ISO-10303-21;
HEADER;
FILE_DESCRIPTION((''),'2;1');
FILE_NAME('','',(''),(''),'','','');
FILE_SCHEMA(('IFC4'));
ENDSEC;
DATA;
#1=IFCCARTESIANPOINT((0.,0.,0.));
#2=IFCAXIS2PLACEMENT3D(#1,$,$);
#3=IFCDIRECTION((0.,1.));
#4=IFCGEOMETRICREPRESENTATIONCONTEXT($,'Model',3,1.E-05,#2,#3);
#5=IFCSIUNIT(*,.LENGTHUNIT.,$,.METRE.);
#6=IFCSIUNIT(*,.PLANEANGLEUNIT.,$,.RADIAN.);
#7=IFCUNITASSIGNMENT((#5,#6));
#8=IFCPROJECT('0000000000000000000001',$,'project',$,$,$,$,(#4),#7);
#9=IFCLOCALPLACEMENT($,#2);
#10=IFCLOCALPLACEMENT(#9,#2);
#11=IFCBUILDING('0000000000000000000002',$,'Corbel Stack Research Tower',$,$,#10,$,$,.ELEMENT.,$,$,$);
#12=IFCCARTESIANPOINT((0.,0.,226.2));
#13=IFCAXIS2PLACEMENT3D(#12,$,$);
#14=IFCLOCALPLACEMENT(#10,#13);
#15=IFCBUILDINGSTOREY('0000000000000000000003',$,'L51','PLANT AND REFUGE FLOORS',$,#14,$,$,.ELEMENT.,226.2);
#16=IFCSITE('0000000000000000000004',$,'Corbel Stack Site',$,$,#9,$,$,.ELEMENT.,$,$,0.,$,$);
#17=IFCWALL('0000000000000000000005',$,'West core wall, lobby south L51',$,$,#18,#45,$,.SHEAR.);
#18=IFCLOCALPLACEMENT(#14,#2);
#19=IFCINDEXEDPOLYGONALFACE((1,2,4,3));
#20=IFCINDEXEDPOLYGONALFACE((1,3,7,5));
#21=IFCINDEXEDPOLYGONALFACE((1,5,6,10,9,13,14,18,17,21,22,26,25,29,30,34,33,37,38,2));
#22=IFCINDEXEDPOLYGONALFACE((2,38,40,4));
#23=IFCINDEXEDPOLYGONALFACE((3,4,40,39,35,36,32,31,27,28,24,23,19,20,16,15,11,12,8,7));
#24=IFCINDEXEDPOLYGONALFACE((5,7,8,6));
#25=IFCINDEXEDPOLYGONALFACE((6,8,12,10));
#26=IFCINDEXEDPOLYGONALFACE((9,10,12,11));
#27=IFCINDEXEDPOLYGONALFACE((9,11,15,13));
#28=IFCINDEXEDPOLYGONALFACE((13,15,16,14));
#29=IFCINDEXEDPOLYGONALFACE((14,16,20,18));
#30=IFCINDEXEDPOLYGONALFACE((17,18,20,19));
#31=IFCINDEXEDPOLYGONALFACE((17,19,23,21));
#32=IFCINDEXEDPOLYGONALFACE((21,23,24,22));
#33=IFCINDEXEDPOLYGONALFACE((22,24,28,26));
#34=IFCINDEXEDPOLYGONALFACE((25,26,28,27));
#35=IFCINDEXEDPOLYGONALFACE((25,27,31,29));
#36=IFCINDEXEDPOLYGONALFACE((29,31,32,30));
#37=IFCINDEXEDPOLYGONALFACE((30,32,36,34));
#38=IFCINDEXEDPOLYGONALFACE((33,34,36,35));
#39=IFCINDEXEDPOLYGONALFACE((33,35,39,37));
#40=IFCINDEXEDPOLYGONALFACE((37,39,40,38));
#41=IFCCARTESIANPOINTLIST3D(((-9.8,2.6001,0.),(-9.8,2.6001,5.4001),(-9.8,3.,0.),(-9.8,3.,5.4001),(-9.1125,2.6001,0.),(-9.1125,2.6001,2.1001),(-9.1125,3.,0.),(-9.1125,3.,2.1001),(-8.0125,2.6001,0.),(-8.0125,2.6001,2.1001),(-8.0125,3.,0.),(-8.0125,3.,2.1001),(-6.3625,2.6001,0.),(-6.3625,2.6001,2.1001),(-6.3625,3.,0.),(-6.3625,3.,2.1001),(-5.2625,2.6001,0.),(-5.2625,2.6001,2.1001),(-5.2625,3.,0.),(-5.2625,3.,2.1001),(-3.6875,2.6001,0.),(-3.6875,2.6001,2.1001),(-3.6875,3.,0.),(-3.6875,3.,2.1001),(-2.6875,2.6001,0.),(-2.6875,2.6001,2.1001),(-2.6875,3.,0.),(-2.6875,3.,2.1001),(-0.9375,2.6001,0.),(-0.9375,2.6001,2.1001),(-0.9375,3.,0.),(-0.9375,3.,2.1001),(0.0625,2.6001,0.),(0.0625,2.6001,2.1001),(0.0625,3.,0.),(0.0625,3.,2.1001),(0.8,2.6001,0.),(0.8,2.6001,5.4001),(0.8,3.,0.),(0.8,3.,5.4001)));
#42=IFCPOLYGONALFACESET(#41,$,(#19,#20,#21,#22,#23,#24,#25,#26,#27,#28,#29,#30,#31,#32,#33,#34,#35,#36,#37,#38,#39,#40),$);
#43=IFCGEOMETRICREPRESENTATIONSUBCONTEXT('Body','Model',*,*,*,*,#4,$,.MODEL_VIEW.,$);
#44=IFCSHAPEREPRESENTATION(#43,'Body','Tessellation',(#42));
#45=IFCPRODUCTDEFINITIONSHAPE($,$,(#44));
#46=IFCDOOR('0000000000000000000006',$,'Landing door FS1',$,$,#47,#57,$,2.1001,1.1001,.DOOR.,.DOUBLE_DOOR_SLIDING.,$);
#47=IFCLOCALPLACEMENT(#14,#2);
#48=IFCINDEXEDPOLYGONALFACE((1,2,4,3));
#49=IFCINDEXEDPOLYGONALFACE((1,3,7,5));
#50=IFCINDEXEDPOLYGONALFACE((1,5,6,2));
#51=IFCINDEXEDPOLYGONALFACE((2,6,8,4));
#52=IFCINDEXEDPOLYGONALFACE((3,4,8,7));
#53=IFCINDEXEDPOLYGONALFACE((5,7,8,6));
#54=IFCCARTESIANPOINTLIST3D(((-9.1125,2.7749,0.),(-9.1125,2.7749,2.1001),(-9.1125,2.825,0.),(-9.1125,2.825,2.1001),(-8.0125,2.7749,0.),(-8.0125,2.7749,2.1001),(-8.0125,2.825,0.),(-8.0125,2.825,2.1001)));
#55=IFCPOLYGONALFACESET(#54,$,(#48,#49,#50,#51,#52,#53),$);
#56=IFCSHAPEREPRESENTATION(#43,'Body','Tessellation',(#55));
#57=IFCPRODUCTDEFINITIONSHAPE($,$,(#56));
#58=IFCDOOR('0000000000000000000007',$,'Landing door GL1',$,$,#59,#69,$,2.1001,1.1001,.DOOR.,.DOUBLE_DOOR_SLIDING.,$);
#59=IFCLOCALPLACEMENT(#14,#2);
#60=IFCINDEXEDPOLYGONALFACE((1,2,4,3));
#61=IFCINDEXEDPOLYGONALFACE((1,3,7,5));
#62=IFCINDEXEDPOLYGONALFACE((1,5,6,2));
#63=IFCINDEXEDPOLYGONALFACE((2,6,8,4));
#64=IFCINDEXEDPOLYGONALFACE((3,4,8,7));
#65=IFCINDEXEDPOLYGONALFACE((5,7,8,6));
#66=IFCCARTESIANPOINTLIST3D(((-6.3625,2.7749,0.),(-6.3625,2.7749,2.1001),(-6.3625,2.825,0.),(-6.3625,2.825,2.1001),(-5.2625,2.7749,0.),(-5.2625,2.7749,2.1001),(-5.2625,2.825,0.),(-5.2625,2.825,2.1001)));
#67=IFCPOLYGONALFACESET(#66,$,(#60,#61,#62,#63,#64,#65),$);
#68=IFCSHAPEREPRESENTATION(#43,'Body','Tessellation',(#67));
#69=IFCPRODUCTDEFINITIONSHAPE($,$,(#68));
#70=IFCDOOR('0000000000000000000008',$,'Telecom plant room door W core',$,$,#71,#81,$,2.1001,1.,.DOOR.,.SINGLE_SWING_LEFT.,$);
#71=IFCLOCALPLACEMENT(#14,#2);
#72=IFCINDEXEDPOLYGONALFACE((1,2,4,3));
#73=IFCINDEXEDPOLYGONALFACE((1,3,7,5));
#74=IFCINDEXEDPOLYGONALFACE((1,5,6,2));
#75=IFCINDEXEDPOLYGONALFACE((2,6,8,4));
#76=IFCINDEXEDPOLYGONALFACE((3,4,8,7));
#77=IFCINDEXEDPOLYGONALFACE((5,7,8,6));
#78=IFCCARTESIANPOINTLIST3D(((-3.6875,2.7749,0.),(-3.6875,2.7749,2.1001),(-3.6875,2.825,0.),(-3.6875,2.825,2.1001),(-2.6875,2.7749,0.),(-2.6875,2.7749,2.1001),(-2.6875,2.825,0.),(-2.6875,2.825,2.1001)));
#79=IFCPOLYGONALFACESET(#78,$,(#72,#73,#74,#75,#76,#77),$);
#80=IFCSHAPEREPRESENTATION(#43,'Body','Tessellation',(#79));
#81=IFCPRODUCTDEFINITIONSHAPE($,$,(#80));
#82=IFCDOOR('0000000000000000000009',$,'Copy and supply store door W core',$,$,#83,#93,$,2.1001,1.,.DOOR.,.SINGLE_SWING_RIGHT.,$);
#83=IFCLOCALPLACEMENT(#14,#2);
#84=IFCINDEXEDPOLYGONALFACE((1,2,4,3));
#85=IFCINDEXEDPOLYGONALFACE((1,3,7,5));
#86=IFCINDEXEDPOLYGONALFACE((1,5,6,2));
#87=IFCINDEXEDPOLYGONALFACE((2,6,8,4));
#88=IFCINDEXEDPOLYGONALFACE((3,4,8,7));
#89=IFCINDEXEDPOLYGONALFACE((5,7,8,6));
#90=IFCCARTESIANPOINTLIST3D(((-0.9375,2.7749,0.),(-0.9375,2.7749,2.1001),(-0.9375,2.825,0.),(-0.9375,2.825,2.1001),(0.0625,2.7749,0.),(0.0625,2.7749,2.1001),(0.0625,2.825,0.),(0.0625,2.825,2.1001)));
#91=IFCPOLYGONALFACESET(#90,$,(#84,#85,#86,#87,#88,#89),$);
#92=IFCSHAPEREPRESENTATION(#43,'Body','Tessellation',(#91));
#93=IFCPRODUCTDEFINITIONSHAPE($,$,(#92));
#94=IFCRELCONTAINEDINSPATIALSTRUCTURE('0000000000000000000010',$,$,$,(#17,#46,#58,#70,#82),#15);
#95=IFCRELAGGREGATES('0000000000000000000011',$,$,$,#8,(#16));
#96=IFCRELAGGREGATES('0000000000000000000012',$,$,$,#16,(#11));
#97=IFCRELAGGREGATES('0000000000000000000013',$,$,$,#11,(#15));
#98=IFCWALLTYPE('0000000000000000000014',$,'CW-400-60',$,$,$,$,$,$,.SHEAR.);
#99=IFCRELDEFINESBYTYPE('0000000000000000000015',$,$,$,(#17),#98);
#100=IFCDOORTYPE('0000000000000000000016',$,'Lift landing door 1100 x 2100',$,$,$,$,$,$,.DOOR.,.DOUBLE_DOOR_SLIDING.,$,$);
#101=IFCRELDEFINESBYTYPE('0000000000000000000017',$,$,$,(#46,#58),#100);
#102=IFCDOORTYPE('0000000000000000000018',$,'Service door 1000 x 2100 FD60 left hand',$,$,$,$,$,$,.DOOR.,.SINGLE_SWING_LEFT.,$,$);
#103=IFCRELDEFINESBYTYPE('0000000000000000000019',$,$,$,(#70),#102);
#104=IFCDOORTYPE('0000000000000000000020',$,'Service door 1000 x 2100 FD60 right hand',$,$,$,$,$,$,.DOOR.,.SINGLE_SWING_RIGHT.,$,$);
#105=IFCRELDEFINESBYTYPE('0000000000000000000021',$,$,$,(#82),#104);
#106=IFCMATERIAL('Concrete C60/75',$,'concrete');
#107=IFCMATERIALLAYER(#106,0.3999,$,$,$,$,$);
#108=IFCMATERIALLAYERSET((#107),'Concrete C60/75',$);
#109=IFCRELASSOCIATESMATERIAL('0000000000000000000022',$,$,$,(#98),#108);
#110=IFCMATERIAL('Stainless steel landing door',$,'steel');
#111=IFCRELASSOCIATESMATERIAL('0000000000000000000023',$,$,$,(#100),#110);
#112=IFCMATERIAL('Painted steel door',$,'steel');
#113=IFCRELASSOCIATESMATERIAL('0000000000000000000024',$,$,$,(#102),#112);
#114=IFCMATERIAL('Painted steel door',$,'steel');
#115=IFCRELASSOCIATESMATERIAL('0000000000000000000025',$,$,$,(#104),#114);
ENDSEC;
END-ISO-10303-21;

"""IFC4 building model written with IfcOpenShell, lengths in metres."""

from ifc_helpers import new_model, si_unit, direction, frame, frame_2d, origin, place, context, subcontext, project, spatial, rectangle, extrude, material, layer, layer_set, type_object, element, fill, save


model = new_model("IFC4")

# Units and contexts
model_context = context("Model", 3, precision=1e-05, world=origin(), true_north=direction((0.0, 1.0)))
body_context = subcontext(model_context, "Body", "Model", "MODEL_VIEW")
ifc_project = project(units=[si_unit("LENGTHUNIT", "METRE"), si_unit("PLANEANGLEUNIT", "RADIAN")], contexts=[model_context])

# Site, building, storey
site_placement = place(None, origin())
site = spatial("IfcSite", under=ifc_project, at=site_placement, Name="Corbel Stack Site", CompositionType="ELEMENT", RefElevation=0.0)
building_placement = place(site_placement, origin())
building = spatial("IfcBuilding", under=site, at=building_placement, Name="Corbel Stack Research Tower", CompositionType="ELEMENT")
storey_placement = place(building_placement, frame((0.0, 0.0, 226.2)))
storey = spatial("IfcBuildingStorey", under=building, at=storey_placement, Name="L51", Description="PLANT AND REFUGE FLOORS", CompositionType="ELEMENT", Elevation=226.2)

# Wall, openings, doors
ifc_material_1 = material(Name="Concrete C60/75", Category="concrete")
ifc_layer_1 = layer(ifc_material_1, 0.3999)
ifc_layer_set_1 = layer_set([ifc_layer_1], Name="Concrete C60/75")
wall_type_1 = type_object("IfcWallType", Name="CW-400-60", PredefinedType="SHEAR", material=ifc_layer_set_1)
wall_1_placement = place(storey_placement, frame((-9.8, 2.8, 0.0), z_axis=(0.0, 0.0, 1.0), x_axis=(1.0, 0.0, 0.0)))
wall_1 = element("IfcWall", 1, at=wall_1_placement, inside=storey, type_object=wall_type_1, Name="West core wall, lobby south L51", PredefinedType="SHEAR", context=body_context, shape_type="SweptSolid", body=[
    extrude(rectangle(XDim=10.6001, YDim=0.3999, at=frame_2d((5.3, 0.0))), origin(), (0.0, 0.0, 1.0), 5.4001),
])
opening_1_placement = place(wall_1_placement, frame((0.6875, 0.0, 0.0)))
opening_1 = element("IfcOpeningElement", 2, at=opening_1_placement, cuts=wall_1, PredefinedType="OPENING", context=body_context, shape_type="SweptSolid", body=[
    extrude(rectangle(XDim=1.1001, YDim=2.1001, at=frame_2d((0.55, 1.05))), frame((0.0, 0.21, 0.0), z_axis=(0.0, -1.0, 0.0), x_axis=(1.0, 0.0, 0.0)), (0.0, 0.0, 1.0), 0.4199),
])
opening_2_placement = place(wall_1_placement, frame((3.4375, 0.0, 0.0)))
opening_2 = element("IfcOpeningElement", 3, at=opening_2_placement, cuts=wall_1, PredefinedType="OPENING", context=body_context, shape_type="SweptSolid", body=[
    extrude(rectangle(XDim=1.1001, YDim=2.1001, at=frame_2d((0.55, 1.05))), frame((0.0, 0.21, 0.0), z_axis=(0.0, -1.0, 0.0), x_axis=(1.0, 0.0, 0.0)), (0.0, 0.0, 1.0), 0.4199),
])
opening_3_placement = place(wall_1_placement, frame((6.1125, 0.0, 0.0)))
opening_3 = element("IfcOpeningElement", 4, at=opening_3_placement, cuts=wall_1, PredefinedType="OPENING", context=body_context, shape_type="SweptSolid", body=[
    extrude(rectangle(XDim=1.0, YDim=2.1001, at=frame_2d((0.5, 1.05))), frame((0.0, 0.21, 0.0), z_axis=(0.0, -1.0, 0.0), x_axis=(1.0, 0.0, 0.0)), (0.0, 0.0, 1.0), 0.4199),
])
opening_4_placement = place(wall_1_placement, frame((8.8625, 0.0, 0.0)))
opening_4 = element("IfcOpeningElement", 5, at=opening_4_placement, cuts=wall_1, PredefinedType="OPENING", context=body_context, shape_type="SweptSolid", body=[
    extrude(rectangle(XDim=1.0, YDim=2.1001, at=frame_2d((0.5, 1.05))), frame((0.0, 0.21, 0.0), z_axis=(0.0, -1.0, 0.0), x_axis=(1.0, 0.0, 0.0)), (0.0, 0.0, 1.0), 0.4199),
])
ifc_material_2 = material(Name="Stainless steel landing door", Category="steel")
door_type_1 = type_object("IfcDoorType", Name="Lift landing door 1100 x 2100", OperationType="DOUBLE_DOOR_SLIDING", PredefinedType="DOOR", material=ifc_material_2)
door_1_placement = place(opening_1_placement, origin())
door_1 = element("IfcDoor", 6, at=door_1_placement, inside=storey, type_object=door_type_1, Name="Landing door FS1", OperationType="DOUBLE_DOOR_SLIDING", OverallHeight=2.1001, OverallWidth=1.1001, PredefinedType="DOOR", context=body_context, shape_type="SweptSolid", body=[
    extrude(rectangle(XDim=1.1001, YDim=2.1001, at=frame_2d((0.55, 1.05))), frame((0.0, 0.0249, 0.0), z_axis=(0.0, -1.0, 0.0), x_axis=(1.0, 0.0, 0.0)), (0.0, 0.0, 1.0), 0.05),
])
fill(opening_1, door_1)
door_2_placement = place(opening_2_placement, origin())
door_2 = element("IfcDoor", 7, at=door_2_placement, inside=storey, type_object=door_type_1, Name="Landing door GL1", OperationType="DOUBLE_DOOR_SLIDING", OverallHeight=2.1001, OverallWidth=1.1001, PredefinedType="DOOR", context=body_context, shape_type="SweptSolid", body=[
    extrude(rectangle(XDim=1.1001, YDim=2.1001, at=frame_2d((0.55, 1.05))), frame((0.0, 0.0249, 0.0), z_axis=(0.0, -1.0, 0.0), x_axis=(1.0, 0.0, 0.0)), (0.0, 0.0, 1.0), 0.05),
])
fill(opening_2, door_2)
ifc_material_3 = material(Name="Painted steel door", Category="steel")
door_type_2 = type_object("IfcDoorType", Name="Service door 1000 x 2100 FD60 left hand", OperationType="SINGLE_SWING_LEFT", PredefinedType="DOOR", material=ifc_material_3)
door_3_placement = place(opening_3_placement, origin())
door_3 = element("IfcDoor", 8, at=door_3_placement, inside=storey, type_object=door_type_2, Name="Telecom plant room door W core", OperationType="SINGLE_SWING_LEFT", OverallHeight=2.1001, OverallWidth=1.0, PredefinedType="DOOR", context=body_context, shape_type="SweptSolid", body=[
    extrude(rectangle(XDim=1.0, YDim=2.1001, at=frame_2d((0.5, 1.05))), frame((0.0, 0.0249, 0.0), z_axis=(0.0, -1.0, 0.0), x_axis=(1.0, 0.0, 0.0)), (0.0, 0.0, 1.0), 0.05),
])
fill(opening_3, door_3)
ifc_material_4 = material(Name="Painted steel door", Category="steel")
door_type_3 = type_object("IfcDoorType", Name="Service door 1000 x 2100 FD60 right hand", OperationType="SINGLE_SWING_RIGHT", PredefinedType="DOOR", material=ifc_material_4)
door_4_placement = place(opening_4_placement, origin())
door_4 = element("IfcDoor", 9, at=door_4_placement, inside=storey, type_object=door_type_3, Name="Copy and supply store door W core", OperationType="SINGLE_SWING_RIGHT", OverallHeight=2.1001, OverallWidth=1.0, PredefinedType="DOOR", context=body_context, shape_type="SweptSolid", body=[
    extrude(rectangle(XDim=1.0, YDim=2.1001, at=frame_2d((0.5, 1.05))), frame((0.0, 0.0249, 0.0), z_axis=(0.0, -1.0, 0.0), x_axis=(1.0, 0.0, 0.0)), (0.0, 0.0, 1.0), 0.05),
])
fill(opening_4, door_4)

save(model, "model.ifc")
